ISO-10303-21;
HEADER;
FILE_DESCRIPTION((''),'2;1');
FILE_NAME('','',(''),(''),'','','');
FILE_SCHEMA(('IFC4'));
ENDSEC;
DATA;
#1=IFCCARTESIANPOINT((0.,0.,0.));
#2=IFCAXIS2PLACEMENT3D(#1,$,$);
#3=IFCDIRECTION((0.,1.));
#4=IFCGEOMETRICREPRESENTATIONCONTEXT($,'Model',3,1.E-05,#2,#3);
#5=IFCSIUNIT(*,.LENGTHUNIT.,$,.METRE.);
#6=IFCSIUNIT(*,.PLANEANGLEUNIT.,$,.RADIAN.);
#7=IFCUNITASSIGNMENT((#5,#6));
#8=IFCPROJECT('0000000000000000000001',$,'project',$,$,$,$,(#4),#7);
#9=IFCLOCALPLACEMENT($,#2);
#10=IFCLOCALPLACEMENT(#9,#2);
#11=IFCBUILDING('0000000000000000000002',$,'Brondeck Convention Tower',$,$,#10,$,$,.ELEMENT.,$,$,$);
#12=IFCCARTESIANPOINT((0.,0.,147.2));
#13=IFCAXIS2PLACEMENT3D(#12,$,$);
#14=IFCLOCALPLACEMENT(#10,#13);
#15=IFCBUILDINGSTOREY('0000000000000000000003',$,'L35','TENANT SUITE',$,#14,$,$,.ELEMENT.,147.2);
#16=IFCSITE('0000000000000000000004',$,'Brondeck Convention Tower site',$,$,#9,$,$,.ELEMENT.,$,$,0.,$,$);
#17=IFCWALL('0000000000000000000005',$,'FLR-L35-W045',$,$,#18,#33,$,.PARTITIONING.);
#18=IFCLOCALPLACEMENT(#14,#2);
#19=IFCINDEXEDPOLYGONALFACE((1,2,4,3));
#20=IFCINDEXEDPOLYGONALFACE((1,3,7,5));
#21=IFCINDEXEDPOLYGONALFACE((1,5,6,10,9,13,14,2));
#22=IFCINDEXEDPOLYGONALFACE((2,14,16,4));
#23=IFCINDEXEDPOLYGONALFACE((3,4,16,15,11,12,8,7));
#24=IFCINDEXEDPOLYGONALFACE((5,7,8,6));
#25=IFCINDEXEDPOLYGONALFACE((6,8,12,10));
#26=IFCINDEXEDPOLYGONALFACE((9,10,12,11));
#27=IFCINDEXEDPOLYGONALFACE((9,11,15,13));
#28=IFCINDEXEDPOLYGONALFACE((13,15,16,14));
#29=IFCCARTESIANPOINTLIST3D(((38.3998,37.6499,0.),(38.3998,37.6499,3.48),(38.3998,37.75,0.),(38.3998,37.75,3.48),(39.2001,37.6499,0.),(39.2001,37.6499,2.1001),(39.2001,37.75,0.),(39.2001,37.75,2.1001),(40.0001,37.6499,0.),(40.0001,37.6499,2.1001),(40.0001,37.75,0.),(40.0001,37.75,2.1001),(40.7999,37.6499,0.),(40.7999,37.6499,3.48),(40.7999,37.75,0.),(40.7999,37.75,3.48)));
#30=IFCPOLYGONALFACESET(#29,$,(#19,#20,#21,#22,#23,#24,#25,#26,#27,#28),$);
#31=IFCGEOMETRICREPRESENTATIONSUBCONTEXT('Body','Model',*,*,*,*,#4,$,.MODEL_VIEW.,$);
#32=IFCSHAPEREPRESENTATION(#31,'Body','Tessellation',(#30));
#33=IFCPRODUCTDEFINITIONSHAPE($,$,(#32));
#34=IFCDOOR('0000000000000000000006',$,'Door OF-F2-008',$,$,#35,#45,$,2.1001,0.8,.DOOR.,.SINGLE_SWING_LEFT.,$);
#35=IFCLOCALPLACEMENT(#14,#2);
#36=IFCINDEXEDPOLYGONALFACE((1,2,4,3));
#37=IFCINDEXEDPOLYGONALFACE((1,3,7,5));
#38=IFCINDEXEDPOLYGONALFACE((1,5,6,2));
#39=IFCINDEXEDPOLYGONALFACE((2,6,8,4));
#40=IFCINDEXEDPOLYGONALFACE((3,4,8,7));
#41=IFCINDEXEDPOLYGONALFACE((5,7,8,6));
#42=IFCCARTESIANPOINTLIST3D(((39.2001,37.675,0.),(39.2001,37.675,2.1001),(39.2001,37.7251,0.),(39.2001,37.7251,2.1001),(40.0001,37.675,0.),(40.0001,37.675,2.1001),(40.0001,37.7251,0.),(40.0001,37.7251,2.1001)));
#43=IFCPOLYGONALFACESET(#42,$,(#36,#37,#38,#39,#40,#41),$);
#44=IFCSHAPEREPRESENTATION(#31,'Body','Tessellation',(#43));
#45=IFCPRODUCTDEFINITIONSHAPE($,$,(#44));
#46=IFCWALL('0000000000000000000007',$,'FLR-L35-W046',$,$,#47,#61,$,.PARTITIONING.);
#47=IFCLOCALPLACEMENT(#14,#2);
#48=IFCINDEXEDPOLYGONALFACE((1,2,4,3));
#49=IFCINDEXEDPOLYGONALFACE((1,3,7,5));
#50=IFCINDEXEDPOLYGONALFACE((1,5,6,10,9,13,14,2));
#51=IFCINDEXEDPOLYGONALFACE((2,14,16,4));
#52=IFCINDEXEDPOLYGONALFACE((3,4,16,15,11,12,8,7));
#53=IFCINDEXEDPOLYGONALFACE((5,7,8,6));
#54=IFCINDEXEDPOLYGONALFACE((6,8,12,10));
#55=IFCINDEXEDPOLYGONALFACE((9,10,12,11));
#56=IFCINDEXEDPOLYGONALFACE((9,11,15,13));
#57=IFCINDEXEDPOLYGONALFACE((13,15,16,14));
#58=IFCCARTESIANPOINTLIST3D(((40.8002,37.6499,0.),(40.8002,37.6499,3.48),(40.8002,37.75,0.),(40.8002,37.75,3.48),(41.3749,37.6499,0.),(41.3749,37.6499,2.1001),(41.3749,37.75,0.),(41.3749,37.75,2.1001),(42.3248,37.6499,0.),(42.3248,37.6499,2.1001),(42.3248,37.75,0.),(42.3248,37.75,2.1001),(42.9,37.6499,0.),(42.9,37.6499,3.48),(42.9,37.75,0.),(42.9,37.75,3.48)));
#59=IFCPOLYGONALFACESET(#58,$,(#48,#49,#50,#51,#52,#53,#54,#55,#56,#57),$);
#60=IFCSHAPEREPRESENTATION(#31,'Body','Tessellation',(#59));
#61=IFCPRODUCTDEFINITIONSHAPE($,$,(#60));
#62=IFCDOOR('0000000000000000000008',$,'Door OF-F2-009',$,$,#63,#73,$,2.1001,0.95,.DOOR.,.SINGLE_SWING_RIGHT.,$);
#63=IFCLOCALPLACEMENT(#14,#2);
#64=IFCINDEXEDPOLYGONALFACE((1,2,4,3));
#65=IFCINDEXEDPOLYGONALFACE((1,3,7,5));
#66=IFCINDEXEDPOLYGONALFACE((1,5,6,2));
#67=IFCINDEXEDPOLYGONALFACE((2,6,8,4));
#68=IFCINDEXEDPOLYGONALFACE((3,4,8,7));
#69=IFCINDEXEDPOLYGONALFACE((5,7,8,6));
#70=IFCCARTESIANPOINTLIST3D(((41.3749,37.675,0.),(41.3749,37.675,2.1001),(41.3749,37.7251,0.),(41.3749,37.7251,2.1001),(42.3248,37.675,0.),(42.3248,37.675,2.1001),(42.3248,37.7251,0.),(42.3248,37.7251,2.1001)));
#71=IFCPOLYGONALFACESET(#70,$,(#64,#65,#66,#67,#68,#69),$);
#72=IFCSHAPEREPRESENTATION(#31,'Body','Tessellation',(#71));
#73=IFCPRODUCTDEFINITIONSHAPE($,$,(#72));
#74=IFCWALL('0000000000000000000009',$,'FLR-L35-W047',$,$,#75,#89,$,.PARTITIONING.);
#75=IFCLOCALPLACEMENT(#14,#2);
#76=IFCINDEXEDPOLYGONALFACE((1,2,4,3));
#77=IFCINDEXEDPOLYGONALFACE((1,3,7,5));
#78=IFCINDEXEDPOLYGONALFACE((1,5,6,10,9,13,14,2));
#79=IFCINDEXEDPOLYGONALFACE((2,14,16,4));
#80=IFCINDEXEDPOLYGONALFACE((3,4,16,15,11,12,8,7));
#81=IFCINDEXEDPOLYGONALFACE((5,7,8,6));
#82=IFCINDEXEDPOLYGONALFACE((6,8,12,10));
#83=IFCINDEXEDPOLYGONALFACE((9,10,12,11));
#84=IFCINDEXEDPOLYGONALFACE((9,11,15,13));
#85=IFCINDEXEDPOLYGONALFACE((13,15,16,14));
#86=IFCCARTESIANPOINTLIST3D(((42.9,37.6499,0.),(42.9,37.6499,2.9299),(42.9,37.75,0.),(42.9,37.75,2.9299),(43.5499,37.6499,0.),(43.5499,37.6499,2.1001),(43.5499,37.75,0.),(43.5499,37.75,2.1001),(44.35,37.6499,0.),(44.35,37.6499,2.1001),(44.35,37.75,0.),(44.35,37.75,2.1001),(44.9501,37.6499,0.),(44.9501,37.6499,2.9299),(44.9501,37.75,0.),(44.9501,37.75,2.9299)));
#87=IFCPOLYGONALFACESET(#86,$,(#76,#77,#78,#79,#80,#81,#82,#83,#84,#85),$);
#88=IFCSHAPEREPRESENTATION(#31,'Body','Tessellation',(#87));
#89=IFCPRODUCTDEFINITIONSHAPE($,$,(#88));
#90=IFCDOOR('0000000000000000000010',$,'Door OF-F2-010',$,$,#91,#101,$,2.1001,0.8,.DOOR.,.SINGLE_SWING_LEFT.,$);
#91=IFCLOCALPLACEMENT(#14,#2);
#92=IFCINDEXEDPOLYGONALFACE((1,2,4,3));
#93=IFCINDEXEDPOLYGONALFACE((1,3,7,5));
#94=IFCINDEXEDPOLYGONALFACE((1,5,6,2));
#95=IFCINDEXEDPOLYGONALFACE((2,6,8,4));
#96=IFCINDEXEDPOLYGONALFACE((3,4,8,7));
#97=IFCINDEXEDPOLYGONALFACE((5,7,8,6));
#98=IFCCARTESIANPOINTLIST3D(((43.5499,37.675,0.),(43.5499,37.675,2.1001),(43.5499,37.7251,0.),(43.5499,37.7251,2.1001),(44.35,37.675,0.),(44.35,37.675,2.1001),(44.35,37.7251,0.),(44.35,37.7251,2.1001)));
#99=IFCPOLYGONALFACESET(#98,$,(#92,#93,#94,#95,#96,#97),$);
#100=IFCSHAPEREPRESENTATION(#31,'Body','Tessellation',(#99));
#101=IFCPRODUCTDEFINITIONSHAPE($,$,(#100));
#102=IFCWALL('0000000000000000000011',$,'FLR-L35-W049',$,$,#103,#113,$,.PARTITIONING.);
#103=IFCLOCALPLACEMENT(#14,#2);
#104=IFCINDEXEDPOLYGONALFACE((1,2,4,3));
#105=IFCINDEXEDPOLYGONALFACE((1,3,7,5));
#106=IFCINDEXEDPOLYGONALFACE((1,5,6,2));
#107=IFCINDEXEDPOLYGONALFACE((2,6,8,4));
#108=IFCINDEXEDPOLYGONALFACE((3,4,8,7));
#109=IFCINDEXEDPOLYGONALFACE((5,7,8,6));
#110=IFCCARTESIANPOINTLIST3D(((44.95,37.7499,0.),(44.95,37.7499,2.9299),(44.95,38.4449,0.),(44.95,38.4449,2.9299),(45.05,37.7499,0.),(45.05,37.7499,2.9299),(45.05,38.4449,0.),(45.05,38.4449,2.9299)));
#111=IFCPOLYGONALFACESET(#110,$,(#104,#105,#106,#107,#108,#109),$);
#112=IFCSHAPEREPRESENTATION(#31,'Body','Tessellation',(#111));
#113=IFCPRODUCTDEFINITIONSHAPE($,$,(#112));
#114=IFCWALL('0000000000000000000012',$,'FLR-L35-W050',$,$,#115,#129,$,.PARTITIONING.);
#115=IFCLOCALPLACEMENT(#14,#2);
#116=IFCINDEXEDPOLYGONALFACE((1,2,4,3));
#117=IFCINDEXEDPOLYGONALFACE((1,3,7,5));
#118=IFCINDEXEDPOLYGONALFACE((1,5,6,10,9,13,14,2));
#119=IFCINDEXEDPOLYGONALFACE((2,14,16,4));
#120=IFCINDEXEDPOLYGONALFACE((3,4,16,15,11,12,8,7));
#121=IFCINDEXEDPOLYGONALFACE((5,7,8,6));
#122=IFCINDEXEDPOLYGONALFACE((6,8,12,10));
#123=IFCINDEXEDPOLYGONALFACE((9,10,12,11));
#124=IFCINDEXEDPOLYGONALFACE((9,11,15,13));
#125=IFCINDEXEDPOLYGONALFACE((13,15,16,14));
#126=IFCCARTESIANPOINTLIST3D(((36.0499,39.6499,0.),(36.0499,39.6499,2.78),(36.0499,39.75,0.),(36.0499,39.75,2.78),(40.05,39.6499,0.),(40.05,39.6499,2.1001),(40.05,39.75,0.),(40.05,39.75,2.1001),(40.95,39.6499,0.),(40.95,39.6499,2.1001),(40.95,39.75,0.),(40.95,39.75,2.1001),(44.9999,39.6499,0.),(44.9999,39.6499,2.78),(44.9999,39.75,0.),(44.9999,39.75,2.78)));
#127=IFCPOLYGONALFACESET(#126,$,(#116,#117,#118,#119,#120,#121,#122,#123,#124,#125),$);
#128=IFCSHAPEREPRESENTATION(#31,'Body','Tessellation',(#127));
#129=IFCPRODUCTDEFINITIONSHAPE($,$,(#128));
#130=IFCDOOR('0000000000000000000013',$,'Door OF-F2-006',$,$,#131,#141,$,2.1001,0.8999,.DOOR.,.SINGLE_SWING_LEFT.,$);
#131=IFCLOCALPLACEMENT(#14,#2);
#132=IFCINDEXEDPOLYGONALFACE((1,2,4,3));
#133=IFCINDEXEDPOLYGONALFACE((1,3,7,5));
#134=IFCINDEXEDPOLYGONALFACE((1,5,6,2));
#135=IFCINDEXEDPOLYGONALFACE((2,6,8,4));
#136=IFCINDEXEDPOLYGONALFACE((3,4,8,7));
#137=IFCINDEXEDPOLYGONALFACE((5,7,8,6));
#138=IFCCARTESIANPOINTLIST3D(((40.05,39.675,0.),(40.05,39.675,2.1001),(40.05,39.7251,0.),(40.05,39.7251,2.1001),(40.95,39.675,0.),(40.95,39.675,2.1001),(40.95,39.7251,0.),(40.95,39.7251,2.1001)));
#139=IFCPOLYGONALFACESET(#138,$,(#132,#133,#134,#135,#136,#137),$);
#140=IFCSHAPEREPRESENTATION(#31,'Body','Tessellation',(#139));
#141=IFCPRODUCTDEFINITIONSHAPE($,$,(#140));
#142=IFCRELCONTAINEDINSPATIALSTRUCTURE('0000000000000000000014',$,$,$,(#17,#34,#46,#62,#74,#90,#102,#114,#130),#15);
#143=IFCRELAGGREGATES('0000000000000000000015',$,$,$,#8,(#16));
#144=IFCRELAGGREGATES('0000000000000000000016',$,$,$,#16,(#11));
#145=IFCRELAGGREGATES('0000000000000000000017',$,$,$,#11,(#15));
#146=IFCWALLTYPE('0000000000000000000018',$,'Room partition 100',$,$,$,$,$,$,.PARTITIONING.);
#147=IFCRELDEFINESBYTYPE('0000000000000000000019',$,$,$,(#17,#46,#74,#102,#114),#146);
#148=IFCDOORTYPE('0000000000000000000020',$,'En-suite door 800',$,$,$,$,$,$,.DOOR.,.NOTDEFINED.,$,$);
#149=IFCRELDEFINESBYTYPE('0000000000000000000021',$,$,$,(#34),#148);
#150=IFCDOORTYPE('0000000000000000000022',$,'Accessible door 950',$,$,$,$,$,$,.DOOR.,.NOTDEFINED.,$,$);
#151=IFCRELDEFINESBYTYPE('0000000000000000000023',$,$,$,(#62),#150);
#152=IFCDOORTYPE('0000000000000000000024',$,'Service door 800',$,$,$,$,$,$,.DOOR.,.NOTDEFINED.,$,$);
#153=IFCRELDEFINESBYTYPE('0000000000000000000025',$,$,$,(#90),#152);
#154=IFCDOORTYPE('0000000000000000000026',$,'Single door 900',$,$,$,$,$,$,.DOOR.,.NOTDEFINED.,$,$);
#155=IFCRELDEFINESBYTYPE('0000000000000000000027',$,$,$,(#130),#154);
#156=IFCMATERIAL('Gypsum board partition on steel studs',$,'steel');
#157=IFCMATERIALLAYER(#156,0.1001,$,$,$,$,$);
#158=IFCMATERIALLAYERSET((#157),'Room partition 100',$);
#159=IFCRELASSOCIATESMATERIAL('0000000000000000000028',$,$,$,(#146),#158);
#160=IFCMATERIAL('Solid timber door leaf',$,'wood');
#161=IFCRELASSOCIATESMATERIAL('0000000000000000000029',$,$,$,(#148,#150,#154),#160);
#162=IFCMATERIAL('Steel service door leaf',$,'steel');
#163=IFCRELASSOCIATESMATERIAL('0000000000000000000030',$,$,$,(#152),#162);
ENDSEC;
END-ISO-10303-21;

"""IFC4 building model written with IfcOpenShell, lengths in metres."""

from ifc_helpers import new_model, si_unit, direction, frame, frame_2d, origin, place, context, subcontext, project, spatial, rectangle, extrude, material, layer, layer_set, type_object, element, fill, save


model = new_model("IFC4")

# Units and contexts
model_context = context("Model", 3, precision=1e-05, world=origin(), true_north=direction((0.0, 1.0)))
body_context = subcontext(model_context, "Body", "Model", "MODEL_VIEW")
ifc_project = project(units=[si_unit("LENGTHUNIT", "METRE"), si_unit("PLANEANGLEUNIT", "RADIAN")], contexts=[model_context])

# Site, building, storey
site_placement = place(None, origin())
site = spatial("IfcSite", under=ifc_project, at=site_placement, Name="Brondeck Convention Tower site", CompositionType="ELEMENT", RefElevation=0.0)
building_placement = place(site_placement, origin())
building = spatial("IfcBuilding", under=site, at=building_placement, Name="Brondeck Convention Tower", CompositionType="ELEMENT")
storey_placement = place(building_placement, frame((0.0, 0.0, 147.2)))
storey = spatial("IfcBuildingStorey", under=building, at=storey_placement, Name="L35", Description="TENANT SUITE", CompositionType="ELEMENT", Elevation=147.2)

# Shared definitions
ifc_material_1 = material(Name="Gypsum board partition on steel studs", Category="steel")
ifc_layer_1 = layer(ifc_material_1, 0.1001)
ifc_layer_set_1 = layer_set([ifc_layer_1], Name="Room partition 100")
wall_type_1 = type_object("IfcWallType", Name="Room partition 100", PredefinedType="PARTITIONING", material=ifc_layer_set_1)

# Walls, openings, doors
wall_1_placement = place(storey_placement, frame((40.8, 37.7, 0.0), z_axis=(0.0, 0.0, 1.0), x_axis=(-1.0, 0.0, 0.0)))
wall_1 = element("IfcWall", 1, at=wall_1_placement, inside=storey, type_object=wall_type_1, Name="FLR-L35-W045", PredefinedType="PARTITIONING", context=body_context, shape_type="SweptSolid", body=[
    extrude(rectangle(XDim=2.4001, YDim=0.1001, at=frame_2d((1.2002, 0.0))), origin(), (0.0, 0.0, 1.0), 3.48),
])
opening_1_placement = place(wall_1_placement, frame((0.8, 0.0, 0.0)))
opening_1 = element("IfcOpeningElement", 2, at=opening_1_placement, cuts=wall_1, PredefinedType="OPENING", context=body_context, shape_type="SweptSolid", body=[
    extrude(rectangle(XDim=0.8, YDim=2.1001, at=frame_2d((0.3999, 1.05))), frame((0.0, 0.0601, 0.0), z_axis=(0.0, -1.0, 0.0), x_axis=(1.0, 0.0, 0.0)), (0.0, 0.0, 1.0), 0.1201),
])
ifc_material_2 = material(Name="Solid timber door leaf", Category="wood")
door_type_1 = type_object("IfcDoorType", Name="En-suite door 800", OperationType="NOTDEFINED", PredefinedType="DOOR", material=ifc_material_2)
door_1_placement = place(opening_1_placement, origin())
door_1 = element("IfcDoor", 3, at=door_1_placement, inside=storey, type_object=door_type_1, Name="Door OF-F2-008", OperationType="SINGLE_SWING_LEFT", OverallHeight=2.1001, OverallWidth=0.8, PredefinedType="DOOR", context=body_context, shape_type="SweptSolid", body=[
    extrude(rectangle(XDim=0.8, YDim=2.1001, at=frame_2d((0.3999, 1.05))), frame((0.0, 0.0249, 0.0), z_axis=(0.0, -1.0, 0.0), x_axis=(1.0, 0.0, 0.0)), (0.0, 0.0, 1.0), 0.05),
])
fill(opening_1, door_1)
wall_2_placement = place(storey_placement, frame((42.8999, 37.7, 0.0), z_axis=(0.0, 0.0, 1.0), x_axis=(-1.0, 0.0, 0.0)))
wall_2 = element("IfcWall", 4, at=wall_2_placement, inside=storey, type_object=wall_type_1, Name="FLR-L35-W046", PredefinedType="PARTITIONING", context=body_context, shape_type="SweptSolid", body=[
    extrude(rectangle(XDim=2.0999, YDim=0.1001, at=frame_2d((1.0498, 0.0))), origin(), (0.0, 0.0, 1.0), 3.48),
])
opening_2_placement = place(wall_2_placement, frame((0.575, 0.0, 0.0)))
opening_2 = element("IfcOpeningElement", 5, at=opening_2_placement, cuts=wall_2, PredefinedType="OPENING", context=body_context, shape_type="SweptSolid", body=[
    extrude(rectangle(XDim=0.95, YDim=2.1001, at=frame_2d((0.4751, 1.05))), frame((0.0, 0.0601, 0.0), z_axis=(0.0, -1.0, 0.0), x_axis=(1.0, 0.0, 0.0)), (0.0, 0.0, 1.0), 0.1201),
])
door_type_2 = type_object("IfcDoorType", Name="Accessible door 950", OperationType="NOTDEFINED", PredefinedType="DOOR", material=ifc_material_2)
door_2_placement = place(opening_2_placement, origin())
door_2 = element("IfcDoor", 6, at=door_2_placement, inside=storey, type_object=door_type_2, Name="Door OF-F2-009", OperationType="SINGLE_SWING_RIGHT", OverallHeight=2.1001, OverallWidth=0.95, PredefinedType="DOOR", context=body_context, shape_type="SweptSolid", body=[
    extrude(rectangle(XDim=0.95, YDim=2.1001, at=frame_2d((0.4751, 1.05))), frame((0.0, 0.0249, 0.0), z_axis=(0.0, -1.0, 0.0), x_axis=(1.0, 0.0, 0.0)), (0.0, 0.0, 1.0), 0.05),
])
fill(opening_2, door_2)
wall_3_placement = place(storey_placement, frame((44.95, 37.7, 0.0), z_axis=(0.0, 0.0, 1.0), x_axis=(-1.0, 0.0, 0.0)))
wall_3 = element("IfcWall", 7, at=wall_3_placement, inside=storey, type_object=wall_type_1, Name="FLR-L35-W047", PredefinedType="PARTITIONING", context=body_context, shape_type="SweptSolid", body=[
    extrude(rectangle(XDim=2.05, YDim=0.1001, at=frame_2d((1.0249, 0.0))), origin(), (0.0, 0.0, 1.0), 2.9299),
])
opening_3_placement = place(wall_3_placement, frame((0.6001, 0.0, 0.0)))
opening_3 = element("IfcOpeningElement", 8, at=opening_3_placement, cuts=wall_3, PredefinedType="OPENING", context=body_context, shape_type="SweptSolid", body=[
    extrude(rectangle(XDim=0.8, YDim=2.1001, at=frame_2d((0.3999, 1.05))), frame((0.0, 0.0601, 0.0), z_axis=(0.0, -1.0, 0.0), x_axis=(1.0, 0.0, 0.0)), (0.0, 0.0, 1.0), 0.1201),
])
ifc_material_3 = material(Name="Steel service door leaf", Category="steel")
door_type_3 = type_object("IfcDoorType", Name="Service door 800", OperationType="NOTDEFINED", PredefinedType="DOOR", material=ifc_material_3)
door_3_placement = place(opening_3_placement, origin())
door_3 = element("IfcDoor", 9, at=door_3_placement, inside=storey, type_object=door_type_3, Name="Door OF-F2-010", OperationType="SINGLE_SWING_LEFT", OverallHeight=2.1001, OverallWidth=0.8, PredefinedType="DOOR", context=body_context, shape_type="SweptSolid", body=[
    extrude(rectangle(XDim=0.8, YDim=2.1001, at=frame_2d((0.3999, 1.05))), frame((0.0, 0.0249, 0.0), z_axis=(0.0, -1.0, 0.0), x_axis=(1.0, 0.0, 0.0)), (0.0, 0.0, 1.0), 0.05),
])
fill(opening_3, door_3)

# Wall
wall_4_placement = place(storey_placement, frame((45.0, 38.4451, 0.0), z_axis=(0.0, 0.0, 1.0), x_axis=(0.0, -1.0, 0.0)))
element("IfcWall", 10, at=wall_4_placement, inside=storey, type_object=wall_type_1, Name="FLR-L35-W049", PredefinedType="PARTITIONING", context=body_context, shape_type="SweptSolid", body=[
    extrude(rectangle(XDim=0.6951, YDim=0.1001, at=frame_2d((0.3477, 0.0))), origin(), (0.0, 0.0, 1.0), 2.9299),
])

# Wall, opening, door
wall_5_placement = place(storey_placement, frame((45.0, 39.7, 0.0), z_axis=(0.0, 0.0, 1.0), x_axis=(-1.0, 0.0, 0.0)))
wall_5 = element("IfcWall", 11, at=wall_5_placement, inside=storey, type_object=wall_type_1, Name="FLR-L35-W050", PredefinedType="PARTITIONING", context=body_context, shape_type="SweptSolid", body=[
    extrude(rectangle(XDim=8.95, YDim=0.1001, at=frame_2d((4.4751, 0.0))), origin(), (0.0, 0.0, 1.0), 2.78),
])
opening_4_placement = place(wall_5_placement, frame((4.05, 0.0, 0.0)))
opening_4 = element("IfcOpeningElement", 12, at=opening_4_placement, cuts=wall_5, PredefinedType="OPENING", context=body_context, shape_type="SweptSolid", body=[
    extrude(rectangle(XDim=0.8999, YDim=2.1001, at=frame_2d((0.45, 1.05))), frame((0.0, 0.0601, 0.0), z_axis=(0.0, -1.0, 0.0), x_axis=(1.0, 0.0, 0.0)), (0.0, 0.0, 1.0), 0.1201),
])
door_type_4 = type_object("IfcDoorType", Name="Single door 900", OperationType="NOTDEFINED", PredefinedType="DOOR", material=ifc_material_2)
door_4_placement = place(opening_4_placement, origin())
door_4 = element("IfcDoor", 13, at=door_4_placement, inside=storey, type_object=door_type_4, Name="Door OF-F2-006", OperationType="SINGLE_SWING_LEFT", OverallHeight=2.1001, OverallWidth=0.8999, PredefinedType="DOOR", context=body_context, shape_type="SweptSolid", body=[
    extrude(rectangle(XDim=0.8999, YDim=2.1001, at=frame_2d((0.45, 1.05))), frame((0.0, 0.0249, 0.0), z_axis=(0.0, -1.0, 0.0), x_axis=(1.0, 0.0, 0.0)), (0.0, 0.0, 1.0), 0.05),
])
fill(opening_4, door_4)

save(model, "model.ifc")
